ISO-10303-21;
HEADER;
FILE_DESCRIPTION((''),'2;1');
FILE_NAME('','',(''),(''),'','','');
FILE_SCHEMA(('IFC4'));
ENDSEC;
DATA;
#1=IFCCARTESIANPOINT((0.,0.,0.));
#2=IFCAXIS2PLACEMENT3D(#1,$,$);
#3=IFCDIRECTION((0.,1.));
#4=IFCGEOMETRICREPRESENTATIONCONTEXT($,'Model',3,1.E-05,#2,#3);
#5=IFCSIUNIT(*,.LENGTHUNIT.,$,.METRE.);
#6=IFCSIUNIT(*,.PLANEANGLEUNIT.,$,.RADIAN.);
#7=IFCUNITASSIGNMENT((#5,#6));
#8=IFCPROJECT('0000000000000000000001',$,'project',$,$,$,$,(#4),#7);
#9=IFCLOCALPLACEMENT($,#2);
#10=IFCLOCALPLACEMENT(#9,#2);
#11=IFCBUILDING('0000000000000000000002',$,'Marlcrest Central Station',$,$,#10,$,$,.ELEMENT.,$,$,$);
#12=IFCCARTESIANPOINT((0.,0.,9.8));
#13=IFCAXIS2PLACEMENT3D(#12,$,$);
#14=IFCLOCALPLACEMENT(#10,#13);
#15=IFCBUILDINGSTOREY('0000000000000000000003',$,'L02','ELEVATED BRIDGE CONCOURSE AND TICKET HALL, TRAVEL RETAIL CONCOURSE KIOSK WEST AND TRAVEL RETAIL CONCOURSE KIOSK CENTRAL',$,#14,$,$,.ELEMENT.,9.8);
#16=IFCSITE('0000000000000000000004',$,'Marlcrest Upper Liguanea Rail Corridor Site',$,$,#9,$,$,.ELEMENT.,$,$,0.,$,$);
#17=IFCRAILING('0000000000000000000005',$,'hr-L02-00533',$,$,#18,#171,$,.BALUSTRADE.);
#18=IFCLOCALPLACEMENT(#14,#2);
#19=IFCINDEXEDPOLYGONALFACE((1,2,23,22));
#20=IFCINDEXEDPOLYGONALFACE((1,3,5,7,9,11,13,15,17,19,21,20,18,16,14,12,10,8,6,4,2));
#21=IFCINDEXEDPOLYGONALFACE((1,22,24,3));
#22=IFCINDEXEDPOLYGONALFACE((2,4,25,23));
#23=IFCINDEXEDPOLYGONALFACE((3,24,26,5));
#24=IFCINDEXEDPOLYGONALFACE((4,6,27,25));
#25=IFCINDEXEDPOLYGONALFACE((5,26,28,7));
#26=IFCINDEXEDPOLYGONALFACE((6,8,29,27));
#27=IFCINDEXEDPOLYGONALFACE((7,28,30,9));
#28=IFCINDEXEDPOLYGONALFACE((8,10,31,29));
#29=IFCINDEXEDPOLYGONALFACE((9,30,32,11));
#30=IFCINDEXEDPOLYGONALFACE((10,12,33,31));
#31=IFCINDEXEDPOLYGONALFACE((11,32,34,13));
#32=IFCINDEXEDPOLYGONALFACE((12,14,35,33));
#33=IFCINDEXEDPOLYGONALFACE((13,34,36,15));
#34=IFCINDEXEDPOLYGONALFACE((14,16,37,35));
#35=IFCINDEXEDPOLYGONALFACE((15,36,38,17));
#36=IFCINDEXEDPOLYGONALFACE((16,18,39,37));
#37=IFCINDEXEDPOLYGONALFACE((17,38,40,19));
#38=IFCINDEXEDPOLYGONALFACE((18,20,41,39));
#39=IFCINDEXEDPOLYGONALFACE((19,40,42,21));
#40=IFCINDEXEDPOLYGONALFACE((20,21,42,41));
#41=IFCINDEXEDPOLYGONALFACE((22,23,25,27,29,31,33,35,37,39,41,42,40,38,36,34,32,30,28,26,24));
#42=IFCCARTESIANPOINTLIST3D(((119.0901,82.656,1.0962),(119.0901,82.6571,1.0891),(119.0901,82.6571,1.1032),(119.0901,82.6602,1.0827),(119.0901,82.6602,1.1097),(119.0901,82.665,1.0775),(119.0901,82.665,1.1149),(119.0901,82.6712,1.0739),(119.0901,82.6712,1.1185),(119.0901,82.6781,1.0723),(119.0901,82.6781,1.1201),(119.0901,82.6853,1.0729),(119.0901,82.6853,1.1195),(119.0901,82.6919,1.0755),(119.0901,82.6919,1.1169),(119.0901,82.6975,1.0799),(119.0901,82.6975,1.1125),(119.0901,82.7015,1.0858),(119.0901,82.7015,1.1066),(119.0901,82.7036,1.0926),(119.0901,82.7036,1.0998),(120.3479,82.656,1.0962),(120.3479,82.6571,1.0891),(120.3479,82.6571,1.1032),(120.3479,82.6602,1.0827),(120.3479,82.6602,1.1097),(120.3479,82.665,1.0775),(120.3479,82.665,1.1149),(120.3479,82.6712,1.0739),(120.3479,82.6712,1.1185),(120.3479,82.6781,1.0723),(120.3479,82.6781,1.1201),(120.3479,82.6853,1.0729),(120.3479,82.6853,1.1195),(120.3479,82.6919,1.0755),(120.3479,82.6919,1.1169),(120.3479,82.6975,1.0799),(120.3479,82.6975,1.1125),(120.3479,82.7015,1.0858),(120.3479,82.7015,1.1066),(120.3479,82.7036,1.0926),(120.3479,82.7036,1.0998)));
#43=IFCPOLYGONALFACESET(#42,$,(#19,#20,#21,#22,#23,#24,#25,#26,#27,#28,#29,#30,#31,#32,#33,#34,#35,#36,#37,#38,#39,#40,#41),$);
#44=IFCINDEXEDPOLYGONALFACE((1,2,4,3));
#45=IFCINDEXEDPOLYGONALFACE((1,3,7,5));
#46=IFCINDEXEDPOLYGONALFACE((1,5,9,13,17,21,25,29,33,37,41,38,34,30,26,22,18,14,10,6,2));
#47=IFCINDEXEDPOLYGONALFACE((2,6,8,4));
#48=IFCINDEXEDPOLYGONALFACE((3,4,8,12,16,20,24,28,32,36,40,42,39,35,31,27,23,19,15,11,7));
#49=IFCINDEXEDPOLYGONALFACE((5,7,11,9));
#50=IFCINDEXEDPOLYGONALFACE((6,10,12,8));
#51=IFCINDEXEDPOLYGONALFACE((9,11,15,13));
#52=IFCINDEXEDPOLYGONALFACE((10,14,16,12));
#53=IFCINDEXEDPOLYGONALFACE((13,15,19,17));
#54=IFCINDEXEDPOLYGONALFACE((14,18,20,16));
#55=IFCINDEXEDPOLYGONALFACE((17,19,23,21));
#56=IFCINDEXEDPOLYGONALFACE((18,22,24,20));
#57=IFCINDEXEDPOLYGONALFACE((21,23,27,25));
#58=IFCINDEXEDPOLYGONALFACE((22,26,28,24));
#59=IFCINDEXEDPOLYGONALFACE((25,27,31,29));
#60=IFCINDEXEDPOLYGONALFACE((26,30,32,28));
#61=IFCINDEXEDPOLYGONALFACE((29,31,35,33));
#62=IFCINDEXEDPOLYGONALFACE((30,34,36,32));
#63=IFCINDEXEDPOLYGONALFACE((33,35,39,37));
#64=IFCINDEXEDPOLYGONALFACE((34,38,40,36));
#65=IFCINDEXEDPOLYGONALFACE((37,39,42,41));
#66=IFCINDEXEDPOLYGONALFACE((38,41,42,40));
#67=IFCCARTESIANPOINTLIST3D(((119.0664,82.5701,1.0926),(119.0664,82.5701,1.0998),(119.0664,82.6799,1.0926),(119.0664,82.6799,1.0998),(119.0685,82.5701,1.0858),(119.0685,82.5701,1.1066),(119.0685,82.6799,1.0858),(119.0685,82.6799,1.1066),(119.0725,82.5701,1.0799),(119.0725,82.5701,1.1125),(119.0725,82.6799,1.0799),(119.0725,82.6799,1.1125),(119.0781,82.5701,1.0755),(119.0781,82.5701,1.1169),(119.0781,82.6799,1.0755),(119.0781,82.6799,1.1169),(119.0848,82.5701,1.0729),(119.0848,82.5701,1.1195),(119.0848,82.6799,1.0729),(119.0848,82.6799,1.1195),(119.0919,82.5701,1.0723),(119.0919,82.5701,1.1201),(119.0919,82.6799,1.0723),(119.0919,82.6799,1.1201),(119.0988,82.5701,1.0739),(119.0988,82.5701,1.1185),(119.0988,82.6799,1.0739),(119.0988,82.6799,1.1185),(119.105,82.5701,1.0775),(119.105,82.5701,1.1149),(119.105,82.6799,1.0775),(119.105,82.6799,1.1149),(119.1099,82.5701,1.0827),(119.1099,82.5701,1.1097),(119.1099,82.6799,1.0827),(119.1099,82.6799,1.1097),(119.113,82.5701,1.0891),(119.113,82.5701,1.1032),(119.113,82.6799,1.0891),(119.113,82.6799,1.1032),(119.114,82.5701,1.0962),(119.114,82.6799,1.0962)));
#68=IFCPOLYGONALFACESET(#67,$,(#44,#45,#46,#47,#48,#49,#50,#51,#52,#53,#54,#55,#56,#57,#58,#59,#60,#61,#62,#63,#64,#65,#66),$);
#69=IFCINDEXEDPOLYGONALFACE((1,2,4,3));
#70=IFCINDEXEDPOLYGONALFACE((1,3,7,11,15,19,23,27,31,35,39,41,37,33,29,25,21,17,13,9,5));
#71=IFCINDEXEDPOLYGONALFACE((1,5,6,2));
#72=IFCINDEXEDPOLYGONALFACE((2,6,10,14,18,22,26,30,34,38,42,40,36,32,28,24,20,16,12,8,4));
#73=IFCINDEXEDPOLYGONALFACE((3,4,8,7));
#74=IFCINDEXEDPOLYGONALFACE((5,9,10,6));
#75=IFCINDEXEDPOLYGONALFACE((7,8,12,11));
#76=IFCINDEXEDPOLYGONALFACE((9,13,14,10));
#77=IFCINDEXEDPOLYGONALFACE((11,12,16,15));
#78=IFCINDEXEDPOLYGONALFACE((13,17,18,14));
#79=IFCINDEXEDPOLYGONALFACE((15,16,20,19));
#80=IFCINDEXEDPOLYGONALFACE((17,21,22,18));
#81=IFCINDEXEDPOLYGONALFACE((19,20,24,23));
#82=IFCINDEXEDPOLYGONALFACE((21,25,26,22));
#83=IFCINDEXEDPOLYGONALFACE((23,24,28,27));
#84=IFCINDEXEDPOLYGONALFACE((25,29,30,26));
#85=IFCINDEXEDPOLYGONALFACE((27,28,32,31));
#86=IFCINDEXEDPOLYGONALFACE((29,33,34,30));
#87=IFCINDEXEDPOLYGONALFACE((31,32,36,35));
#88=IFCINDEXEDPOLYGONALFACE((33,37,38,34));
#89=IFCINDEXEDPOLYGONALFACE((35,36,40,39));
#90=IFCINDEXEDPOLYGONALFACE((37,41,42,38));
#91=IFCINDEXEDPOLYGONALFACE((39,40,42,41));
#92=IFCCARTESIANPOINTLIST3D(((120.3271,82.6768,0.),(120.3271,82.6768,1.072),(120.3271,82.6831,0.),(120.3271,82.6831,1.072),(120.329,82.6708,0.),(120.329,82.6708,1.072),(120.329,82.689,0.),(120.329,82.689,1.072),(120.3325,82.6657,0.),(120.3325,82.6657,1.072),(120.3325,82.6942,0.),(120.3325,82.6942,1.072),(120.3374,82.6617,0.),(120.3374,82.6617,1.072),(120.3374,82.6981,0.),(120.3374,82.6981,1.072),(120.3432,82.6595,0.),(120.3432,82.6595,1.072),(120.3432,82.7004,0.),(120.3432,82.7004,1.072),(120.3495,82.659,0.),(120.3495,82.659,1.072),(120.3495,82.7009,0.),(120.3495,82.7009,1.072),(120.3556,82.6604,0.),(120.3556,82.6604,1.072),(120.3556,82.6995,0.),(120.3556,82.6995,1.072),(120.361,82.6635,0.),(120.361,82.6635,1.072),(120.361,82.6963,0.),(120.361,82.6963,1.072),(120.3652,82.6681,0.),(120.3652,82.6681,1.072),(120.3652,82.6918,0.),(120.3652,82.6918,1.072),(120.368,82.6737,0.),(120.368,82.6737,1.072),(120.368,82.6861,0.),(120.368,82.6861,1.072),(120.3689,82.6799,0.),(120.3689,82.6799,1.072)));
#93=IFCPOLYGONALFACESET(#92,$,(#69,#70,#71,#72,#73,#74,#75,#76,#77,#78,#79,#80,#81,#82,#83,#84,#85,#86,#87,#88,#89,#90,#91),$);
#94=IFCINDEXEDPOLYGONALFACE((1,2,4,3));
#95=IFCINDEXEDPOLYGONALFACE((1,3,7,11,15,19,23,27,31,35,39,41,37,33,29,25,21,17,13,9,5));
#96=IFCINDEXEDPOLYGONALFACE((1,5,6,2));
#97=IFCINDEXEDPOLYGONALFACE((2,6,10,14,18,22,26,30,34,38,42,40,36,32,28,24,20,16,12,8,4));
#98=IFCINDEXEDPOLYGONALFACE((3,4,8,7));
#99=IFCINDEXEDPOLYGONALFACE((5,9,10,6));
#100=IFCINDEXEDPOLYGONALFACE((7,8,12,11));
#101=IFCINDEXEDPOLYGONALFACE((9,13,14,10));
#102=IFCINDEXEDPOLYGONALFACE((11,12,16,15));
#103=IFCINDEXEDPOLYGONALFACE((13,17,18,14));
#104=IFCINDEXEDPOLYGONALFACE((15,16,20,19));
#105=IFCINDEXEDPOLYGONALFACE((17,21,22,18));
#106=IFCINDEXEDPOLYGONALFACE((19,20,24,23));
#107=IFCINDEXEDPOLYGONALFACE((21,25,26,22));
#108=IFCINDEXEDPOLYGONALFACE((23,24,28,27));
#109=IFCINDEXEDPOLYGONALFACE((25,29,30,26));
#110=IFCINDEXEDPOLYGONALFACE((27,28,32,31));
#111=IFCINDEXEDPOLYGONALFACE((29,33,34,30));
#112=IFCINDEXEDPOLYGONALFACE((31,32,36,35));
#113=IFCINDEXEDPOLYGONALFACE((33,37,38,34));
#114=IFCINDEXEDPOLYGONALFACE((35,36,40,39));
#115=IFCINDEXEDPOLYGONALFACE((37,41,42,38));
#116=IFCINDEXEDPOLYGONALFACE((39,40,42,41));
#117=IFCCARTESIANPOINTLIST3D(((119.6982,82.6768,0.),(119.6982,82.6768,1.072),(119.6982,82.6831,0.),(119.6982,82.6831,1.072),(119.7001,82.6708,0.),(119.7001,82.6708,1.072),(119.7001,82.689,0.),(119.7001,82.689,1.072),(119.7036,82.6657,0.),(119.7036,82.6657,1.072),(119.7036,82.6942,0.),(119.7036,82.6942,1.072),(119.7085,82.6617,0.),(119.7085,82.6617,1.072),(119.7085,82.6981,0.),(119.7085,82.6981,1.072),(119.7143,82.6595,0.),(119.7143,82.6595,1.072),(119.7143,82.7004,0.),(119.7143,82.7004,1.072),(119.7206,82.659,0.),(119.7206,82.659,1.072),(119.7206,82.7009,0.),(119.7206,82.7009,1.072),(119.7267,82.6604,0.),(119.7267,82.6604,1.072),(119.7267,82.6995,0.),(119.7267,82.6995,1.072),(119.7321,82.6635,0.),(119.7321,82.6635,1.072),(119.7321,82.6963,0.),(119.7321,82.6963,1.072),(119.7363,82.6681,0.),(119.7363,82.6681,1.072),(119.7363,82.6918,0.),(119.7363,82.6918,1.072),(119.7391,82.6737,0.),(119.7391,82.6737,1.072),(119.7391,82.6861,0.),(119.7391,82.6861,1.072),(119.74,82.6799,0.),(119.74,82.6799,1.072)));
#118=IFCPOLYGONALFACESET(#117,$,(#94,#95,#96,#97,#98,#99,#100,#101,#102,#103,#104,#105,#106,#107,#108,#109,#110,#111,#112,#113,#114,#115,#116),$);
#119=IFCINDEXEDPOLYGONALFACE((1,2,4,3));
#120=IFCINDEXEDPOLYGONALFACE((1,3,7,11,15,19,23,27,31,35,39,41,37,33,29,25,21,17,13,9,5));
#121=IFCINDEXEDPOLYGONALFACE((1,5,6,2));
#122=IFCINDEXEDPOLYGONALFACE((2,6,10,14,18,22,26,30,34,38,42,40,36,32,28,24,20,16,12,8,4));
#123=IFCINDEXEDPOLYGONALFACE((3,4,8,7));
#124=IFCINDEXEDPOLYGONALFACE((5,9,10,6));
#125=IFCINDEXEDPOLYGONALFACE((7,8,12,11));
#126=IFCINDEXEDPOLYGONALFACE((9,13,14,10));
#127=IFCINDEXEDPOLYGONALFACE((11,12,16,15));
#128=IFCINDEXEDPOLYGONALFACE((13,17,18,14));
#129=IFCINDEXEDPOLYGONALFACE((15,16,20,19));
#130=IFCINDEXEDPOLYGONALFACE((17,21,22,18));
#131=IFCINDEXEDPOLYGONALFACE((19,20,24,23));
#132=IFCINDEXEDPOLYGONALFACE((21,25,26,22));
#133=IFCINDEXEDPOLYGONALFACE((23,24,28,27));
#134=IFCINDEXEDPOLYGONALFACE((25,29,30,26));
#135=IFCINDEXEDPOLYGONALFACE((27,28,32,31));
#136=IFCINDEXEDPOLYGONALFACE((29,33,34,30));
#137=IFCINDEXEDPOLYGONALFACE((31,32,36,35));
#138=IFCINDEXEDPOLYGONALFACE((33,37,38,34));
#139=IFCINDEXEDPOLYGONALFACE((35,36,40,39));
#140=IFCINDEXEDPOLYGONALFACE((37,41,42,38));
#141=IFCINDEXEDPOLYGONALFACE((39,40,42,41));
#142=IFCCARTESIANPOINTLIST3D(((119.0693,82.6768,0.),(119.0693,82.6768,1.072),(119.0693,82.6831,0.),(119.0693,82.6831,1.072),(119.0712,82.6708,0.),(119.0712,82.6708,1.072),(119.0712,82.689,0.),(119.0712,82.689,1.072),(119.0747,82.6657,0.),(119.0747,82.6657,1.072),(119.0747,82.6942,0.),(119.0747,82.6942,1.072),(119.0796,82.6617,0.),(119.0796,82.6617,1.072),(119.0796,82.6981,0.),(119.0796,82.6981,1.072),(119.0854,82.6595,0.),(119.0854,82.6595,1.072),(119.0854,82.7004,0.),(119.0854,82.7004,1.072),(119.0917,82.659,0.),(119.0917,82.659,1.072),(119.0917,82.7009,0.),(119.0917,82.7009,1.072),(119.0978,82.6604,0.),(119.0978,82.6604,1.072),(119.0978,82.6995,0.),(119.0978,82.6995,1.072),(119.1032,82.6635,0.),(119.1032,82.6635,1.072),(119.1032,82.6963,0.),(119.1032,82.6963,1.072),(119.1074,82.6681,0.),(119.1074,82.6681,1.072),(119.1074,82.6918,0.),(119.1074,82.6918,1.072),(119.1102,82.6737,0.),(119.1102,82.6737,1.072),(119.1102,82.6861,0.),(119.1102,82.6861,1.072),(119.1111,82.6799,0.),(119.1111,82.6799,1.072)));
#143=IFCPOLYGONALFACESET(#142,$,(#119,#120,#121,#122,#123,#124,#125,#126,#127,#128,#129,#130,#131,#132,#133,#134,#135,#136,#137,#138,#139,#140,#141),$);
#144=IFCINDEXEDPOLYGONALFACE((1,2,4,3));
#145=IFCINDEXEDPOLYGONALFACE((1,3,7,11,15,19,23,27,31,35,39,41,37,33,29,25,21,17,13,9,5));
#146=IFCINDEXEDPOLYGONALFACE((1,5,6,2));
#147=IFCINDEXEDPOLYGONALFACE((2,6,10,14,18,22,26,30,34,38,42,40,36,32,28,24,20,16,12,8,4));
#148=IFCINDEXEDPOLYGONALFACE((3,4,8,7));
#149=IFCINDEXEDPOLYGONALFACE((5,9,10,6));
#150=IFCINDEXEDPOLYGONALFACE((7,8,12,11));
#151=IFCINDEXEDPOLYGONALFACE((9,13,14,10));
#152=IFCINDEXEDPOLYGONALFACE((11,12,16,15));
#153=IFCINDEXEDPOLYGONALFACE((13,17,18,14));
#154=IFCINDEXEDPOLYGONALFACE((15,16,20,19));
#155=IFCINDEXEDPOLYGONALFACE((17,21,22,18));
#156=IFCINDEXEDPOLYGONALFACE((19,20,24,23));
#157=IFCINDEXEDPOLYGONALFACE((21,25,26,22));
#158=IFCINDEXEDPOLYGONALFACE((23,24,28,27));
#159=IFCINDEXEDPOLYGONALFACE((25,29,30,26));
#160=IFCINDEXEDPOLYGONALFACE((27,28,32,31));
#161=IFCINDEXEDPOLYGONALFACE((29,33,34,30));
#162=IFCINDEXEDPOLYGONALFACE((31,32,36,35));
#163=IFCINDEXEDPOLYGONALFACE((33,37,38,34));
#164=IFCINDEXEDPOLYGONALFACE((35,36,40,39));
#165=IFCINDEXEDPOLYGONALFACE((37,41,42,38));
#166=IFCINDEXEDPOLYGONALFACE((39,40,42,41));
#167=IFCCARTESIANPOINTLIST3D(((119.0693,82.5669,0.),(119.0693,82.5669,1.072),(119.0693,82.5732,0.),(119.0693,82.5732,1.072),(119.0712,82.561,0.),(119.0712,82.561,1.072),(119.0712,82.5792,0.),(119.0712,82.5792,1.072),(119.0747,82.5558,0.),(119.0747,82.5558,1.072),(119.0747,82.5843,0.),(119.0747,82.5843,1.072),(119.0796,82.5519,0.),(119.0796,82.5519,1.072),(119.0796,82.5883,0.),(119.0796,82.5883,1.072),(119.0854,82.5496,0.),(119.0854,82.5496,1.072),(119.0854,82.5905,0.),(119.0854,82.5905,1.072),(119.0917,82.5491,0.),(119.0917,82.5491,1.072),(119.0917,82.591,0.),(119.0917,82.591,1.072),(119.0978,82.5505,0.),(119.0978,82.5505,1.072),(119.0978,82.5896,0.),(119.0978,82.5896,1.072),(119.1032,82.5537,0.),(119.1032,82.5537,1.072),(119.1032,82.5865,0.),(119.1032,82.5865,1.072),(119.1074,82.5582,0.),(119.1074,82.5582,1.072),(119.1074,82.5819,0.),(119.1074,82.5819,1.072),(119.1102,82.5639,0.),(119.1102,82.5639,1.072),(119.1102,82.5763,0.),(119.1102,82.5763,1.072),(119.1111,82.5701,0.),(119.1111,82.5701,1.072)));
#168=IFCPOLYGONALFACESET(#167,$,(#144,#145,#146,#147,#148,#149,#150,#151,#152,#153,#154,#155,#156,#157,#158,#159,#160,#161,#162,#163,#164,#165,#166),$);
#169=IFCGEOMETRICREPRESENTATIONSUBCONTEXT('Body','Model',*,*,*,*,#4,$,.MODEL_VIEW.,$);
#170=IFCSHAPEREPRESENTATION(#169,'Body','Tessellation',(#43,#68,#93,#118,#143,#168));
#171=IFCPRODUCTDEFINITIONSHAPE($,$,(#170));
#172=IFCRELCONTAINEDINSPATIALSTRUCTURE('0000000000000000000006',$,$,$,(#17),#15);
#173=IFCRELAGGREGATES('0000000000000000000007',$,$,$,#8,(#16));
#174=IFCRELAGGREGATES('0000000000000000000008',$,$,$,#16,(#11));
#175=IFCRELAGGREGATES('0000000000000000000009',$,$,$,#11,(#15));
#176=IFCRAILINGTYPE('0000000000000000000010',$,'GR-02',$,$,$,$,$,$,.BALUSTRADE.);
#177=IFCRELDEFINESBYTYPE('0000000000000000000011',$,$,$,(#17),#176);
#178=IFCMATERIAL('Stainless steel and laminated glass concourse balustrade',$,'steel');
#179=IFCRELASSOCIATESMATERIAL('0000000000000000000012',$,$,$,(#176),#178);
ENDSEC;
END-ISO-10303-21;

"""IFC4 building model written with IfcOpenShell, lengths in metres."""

from ifc_helpers import new_model, si_unit, direction, frame, origin, origin_2d, place, context, subcontext, project, spatial, circle, extrude, material, type_object, element, save


model = new_model("IFC4")

# Units and contexts
model_context = context("Model", 3, precision=1e-05, world=origin(), true_north=direction((0.0, 1.0)))
body_context = subcontext(model_context, "Body", "Model", "MODEL_VIEW")
ifc_project = project(units=[si_unit("LENGTHUNIT", "METRE"), si_unit("PLANEANGLEUNIT", "RADIAN")], contexts=[model_context])

# Site, building, storey
site_placement = place(None, origin())
site = spatial("IfcSite", under=ifc_project, at=site_placement, Name="Marlcrest Upper Liguanea Rail Corridor Site", CompositionType="ELEMENT", RefElevation=0.0)
building_placement = place(site_placement, origin())
building = spatial("IfcBuilding", under=site, at=building_placement, Name="Marlcrest Central Station", CompositionType="ELEMENT")
storey_placement = place(building_placement, frame((0.0, 0.0, 9.8)))
storey = spatial("IfcBuildingStorey", under=building, at=storey_placement, Name="L02", Description="ELEVATED BRIDGE CONCOURSE AND TICKET HALL, TRAVEL RETAIL CONCOURSE KIOSK WEST AND TRAVEL RETAIL CONCOURSE KIOSK CENTRAL", CompositionType="ELEMENT", Elevation=9.8)

# Railing
ifc_material_1 = material(Name="Stainless steel and laminated glass concourse balustrade", Category="steel")
railing_type = type_object("IfcRailingType", Name="GR-02", PredefinedType="BALUSTRADE", material=ifc_material_1)
railing_1_placement = place(storey_placement, frame((120.3479, 82.6799, 0.0)))
element("IfcRailing", 1, at=railing_1_placement, inside=storey, type_object=railing_type, Name="hr-L02-00533", PredefinedType="BALUSTRADE", context=body_context, shape_type="SweptSolid", body=[
    extrude(circle(Radius=0.0239, at=origin_2d()), frame((0.0, 0.0, 1.0962), z_axis=(-1.0, 0.0, 0.0), x_axis=(0.0, -1.0, 0.0)), (0.0, 0.0, 1.0), 1.2578),
    extrude(circle(Radius=0.0239, at=origin_2d()), frame((-1.2578, 0.0, 1.0962), z_axis=(0.0, -1.0, 0.0), x_axis=(1.0, 0.0, 0.0)), (0.0, 0.0, 1.0), 0.1099),
    extrude(circle(Radius=0.021, at=origin_2d()), origin(), (0.0, 0.0, 1.0), 1.072),
    extrude(circle(Radius=0.021, at=origin_2d()), frame((-0.6289, 0.0, 0.0)), (0.0, 0.0, 1.0), 1.072),
    extrude(circle(Radius=0.021, at=origin_2d()), frame((-1.2578, 0.0, 0.0)), (0.0, 0.0, 1.0), 1.072),
    extrude(circle(Radius=0.021, at=origin_2d()), frame((-1.2578, -0.1099, 0.0)), (0.0, 0.0, 1.0), 1.072),
])

save(model, "model.ifc")
